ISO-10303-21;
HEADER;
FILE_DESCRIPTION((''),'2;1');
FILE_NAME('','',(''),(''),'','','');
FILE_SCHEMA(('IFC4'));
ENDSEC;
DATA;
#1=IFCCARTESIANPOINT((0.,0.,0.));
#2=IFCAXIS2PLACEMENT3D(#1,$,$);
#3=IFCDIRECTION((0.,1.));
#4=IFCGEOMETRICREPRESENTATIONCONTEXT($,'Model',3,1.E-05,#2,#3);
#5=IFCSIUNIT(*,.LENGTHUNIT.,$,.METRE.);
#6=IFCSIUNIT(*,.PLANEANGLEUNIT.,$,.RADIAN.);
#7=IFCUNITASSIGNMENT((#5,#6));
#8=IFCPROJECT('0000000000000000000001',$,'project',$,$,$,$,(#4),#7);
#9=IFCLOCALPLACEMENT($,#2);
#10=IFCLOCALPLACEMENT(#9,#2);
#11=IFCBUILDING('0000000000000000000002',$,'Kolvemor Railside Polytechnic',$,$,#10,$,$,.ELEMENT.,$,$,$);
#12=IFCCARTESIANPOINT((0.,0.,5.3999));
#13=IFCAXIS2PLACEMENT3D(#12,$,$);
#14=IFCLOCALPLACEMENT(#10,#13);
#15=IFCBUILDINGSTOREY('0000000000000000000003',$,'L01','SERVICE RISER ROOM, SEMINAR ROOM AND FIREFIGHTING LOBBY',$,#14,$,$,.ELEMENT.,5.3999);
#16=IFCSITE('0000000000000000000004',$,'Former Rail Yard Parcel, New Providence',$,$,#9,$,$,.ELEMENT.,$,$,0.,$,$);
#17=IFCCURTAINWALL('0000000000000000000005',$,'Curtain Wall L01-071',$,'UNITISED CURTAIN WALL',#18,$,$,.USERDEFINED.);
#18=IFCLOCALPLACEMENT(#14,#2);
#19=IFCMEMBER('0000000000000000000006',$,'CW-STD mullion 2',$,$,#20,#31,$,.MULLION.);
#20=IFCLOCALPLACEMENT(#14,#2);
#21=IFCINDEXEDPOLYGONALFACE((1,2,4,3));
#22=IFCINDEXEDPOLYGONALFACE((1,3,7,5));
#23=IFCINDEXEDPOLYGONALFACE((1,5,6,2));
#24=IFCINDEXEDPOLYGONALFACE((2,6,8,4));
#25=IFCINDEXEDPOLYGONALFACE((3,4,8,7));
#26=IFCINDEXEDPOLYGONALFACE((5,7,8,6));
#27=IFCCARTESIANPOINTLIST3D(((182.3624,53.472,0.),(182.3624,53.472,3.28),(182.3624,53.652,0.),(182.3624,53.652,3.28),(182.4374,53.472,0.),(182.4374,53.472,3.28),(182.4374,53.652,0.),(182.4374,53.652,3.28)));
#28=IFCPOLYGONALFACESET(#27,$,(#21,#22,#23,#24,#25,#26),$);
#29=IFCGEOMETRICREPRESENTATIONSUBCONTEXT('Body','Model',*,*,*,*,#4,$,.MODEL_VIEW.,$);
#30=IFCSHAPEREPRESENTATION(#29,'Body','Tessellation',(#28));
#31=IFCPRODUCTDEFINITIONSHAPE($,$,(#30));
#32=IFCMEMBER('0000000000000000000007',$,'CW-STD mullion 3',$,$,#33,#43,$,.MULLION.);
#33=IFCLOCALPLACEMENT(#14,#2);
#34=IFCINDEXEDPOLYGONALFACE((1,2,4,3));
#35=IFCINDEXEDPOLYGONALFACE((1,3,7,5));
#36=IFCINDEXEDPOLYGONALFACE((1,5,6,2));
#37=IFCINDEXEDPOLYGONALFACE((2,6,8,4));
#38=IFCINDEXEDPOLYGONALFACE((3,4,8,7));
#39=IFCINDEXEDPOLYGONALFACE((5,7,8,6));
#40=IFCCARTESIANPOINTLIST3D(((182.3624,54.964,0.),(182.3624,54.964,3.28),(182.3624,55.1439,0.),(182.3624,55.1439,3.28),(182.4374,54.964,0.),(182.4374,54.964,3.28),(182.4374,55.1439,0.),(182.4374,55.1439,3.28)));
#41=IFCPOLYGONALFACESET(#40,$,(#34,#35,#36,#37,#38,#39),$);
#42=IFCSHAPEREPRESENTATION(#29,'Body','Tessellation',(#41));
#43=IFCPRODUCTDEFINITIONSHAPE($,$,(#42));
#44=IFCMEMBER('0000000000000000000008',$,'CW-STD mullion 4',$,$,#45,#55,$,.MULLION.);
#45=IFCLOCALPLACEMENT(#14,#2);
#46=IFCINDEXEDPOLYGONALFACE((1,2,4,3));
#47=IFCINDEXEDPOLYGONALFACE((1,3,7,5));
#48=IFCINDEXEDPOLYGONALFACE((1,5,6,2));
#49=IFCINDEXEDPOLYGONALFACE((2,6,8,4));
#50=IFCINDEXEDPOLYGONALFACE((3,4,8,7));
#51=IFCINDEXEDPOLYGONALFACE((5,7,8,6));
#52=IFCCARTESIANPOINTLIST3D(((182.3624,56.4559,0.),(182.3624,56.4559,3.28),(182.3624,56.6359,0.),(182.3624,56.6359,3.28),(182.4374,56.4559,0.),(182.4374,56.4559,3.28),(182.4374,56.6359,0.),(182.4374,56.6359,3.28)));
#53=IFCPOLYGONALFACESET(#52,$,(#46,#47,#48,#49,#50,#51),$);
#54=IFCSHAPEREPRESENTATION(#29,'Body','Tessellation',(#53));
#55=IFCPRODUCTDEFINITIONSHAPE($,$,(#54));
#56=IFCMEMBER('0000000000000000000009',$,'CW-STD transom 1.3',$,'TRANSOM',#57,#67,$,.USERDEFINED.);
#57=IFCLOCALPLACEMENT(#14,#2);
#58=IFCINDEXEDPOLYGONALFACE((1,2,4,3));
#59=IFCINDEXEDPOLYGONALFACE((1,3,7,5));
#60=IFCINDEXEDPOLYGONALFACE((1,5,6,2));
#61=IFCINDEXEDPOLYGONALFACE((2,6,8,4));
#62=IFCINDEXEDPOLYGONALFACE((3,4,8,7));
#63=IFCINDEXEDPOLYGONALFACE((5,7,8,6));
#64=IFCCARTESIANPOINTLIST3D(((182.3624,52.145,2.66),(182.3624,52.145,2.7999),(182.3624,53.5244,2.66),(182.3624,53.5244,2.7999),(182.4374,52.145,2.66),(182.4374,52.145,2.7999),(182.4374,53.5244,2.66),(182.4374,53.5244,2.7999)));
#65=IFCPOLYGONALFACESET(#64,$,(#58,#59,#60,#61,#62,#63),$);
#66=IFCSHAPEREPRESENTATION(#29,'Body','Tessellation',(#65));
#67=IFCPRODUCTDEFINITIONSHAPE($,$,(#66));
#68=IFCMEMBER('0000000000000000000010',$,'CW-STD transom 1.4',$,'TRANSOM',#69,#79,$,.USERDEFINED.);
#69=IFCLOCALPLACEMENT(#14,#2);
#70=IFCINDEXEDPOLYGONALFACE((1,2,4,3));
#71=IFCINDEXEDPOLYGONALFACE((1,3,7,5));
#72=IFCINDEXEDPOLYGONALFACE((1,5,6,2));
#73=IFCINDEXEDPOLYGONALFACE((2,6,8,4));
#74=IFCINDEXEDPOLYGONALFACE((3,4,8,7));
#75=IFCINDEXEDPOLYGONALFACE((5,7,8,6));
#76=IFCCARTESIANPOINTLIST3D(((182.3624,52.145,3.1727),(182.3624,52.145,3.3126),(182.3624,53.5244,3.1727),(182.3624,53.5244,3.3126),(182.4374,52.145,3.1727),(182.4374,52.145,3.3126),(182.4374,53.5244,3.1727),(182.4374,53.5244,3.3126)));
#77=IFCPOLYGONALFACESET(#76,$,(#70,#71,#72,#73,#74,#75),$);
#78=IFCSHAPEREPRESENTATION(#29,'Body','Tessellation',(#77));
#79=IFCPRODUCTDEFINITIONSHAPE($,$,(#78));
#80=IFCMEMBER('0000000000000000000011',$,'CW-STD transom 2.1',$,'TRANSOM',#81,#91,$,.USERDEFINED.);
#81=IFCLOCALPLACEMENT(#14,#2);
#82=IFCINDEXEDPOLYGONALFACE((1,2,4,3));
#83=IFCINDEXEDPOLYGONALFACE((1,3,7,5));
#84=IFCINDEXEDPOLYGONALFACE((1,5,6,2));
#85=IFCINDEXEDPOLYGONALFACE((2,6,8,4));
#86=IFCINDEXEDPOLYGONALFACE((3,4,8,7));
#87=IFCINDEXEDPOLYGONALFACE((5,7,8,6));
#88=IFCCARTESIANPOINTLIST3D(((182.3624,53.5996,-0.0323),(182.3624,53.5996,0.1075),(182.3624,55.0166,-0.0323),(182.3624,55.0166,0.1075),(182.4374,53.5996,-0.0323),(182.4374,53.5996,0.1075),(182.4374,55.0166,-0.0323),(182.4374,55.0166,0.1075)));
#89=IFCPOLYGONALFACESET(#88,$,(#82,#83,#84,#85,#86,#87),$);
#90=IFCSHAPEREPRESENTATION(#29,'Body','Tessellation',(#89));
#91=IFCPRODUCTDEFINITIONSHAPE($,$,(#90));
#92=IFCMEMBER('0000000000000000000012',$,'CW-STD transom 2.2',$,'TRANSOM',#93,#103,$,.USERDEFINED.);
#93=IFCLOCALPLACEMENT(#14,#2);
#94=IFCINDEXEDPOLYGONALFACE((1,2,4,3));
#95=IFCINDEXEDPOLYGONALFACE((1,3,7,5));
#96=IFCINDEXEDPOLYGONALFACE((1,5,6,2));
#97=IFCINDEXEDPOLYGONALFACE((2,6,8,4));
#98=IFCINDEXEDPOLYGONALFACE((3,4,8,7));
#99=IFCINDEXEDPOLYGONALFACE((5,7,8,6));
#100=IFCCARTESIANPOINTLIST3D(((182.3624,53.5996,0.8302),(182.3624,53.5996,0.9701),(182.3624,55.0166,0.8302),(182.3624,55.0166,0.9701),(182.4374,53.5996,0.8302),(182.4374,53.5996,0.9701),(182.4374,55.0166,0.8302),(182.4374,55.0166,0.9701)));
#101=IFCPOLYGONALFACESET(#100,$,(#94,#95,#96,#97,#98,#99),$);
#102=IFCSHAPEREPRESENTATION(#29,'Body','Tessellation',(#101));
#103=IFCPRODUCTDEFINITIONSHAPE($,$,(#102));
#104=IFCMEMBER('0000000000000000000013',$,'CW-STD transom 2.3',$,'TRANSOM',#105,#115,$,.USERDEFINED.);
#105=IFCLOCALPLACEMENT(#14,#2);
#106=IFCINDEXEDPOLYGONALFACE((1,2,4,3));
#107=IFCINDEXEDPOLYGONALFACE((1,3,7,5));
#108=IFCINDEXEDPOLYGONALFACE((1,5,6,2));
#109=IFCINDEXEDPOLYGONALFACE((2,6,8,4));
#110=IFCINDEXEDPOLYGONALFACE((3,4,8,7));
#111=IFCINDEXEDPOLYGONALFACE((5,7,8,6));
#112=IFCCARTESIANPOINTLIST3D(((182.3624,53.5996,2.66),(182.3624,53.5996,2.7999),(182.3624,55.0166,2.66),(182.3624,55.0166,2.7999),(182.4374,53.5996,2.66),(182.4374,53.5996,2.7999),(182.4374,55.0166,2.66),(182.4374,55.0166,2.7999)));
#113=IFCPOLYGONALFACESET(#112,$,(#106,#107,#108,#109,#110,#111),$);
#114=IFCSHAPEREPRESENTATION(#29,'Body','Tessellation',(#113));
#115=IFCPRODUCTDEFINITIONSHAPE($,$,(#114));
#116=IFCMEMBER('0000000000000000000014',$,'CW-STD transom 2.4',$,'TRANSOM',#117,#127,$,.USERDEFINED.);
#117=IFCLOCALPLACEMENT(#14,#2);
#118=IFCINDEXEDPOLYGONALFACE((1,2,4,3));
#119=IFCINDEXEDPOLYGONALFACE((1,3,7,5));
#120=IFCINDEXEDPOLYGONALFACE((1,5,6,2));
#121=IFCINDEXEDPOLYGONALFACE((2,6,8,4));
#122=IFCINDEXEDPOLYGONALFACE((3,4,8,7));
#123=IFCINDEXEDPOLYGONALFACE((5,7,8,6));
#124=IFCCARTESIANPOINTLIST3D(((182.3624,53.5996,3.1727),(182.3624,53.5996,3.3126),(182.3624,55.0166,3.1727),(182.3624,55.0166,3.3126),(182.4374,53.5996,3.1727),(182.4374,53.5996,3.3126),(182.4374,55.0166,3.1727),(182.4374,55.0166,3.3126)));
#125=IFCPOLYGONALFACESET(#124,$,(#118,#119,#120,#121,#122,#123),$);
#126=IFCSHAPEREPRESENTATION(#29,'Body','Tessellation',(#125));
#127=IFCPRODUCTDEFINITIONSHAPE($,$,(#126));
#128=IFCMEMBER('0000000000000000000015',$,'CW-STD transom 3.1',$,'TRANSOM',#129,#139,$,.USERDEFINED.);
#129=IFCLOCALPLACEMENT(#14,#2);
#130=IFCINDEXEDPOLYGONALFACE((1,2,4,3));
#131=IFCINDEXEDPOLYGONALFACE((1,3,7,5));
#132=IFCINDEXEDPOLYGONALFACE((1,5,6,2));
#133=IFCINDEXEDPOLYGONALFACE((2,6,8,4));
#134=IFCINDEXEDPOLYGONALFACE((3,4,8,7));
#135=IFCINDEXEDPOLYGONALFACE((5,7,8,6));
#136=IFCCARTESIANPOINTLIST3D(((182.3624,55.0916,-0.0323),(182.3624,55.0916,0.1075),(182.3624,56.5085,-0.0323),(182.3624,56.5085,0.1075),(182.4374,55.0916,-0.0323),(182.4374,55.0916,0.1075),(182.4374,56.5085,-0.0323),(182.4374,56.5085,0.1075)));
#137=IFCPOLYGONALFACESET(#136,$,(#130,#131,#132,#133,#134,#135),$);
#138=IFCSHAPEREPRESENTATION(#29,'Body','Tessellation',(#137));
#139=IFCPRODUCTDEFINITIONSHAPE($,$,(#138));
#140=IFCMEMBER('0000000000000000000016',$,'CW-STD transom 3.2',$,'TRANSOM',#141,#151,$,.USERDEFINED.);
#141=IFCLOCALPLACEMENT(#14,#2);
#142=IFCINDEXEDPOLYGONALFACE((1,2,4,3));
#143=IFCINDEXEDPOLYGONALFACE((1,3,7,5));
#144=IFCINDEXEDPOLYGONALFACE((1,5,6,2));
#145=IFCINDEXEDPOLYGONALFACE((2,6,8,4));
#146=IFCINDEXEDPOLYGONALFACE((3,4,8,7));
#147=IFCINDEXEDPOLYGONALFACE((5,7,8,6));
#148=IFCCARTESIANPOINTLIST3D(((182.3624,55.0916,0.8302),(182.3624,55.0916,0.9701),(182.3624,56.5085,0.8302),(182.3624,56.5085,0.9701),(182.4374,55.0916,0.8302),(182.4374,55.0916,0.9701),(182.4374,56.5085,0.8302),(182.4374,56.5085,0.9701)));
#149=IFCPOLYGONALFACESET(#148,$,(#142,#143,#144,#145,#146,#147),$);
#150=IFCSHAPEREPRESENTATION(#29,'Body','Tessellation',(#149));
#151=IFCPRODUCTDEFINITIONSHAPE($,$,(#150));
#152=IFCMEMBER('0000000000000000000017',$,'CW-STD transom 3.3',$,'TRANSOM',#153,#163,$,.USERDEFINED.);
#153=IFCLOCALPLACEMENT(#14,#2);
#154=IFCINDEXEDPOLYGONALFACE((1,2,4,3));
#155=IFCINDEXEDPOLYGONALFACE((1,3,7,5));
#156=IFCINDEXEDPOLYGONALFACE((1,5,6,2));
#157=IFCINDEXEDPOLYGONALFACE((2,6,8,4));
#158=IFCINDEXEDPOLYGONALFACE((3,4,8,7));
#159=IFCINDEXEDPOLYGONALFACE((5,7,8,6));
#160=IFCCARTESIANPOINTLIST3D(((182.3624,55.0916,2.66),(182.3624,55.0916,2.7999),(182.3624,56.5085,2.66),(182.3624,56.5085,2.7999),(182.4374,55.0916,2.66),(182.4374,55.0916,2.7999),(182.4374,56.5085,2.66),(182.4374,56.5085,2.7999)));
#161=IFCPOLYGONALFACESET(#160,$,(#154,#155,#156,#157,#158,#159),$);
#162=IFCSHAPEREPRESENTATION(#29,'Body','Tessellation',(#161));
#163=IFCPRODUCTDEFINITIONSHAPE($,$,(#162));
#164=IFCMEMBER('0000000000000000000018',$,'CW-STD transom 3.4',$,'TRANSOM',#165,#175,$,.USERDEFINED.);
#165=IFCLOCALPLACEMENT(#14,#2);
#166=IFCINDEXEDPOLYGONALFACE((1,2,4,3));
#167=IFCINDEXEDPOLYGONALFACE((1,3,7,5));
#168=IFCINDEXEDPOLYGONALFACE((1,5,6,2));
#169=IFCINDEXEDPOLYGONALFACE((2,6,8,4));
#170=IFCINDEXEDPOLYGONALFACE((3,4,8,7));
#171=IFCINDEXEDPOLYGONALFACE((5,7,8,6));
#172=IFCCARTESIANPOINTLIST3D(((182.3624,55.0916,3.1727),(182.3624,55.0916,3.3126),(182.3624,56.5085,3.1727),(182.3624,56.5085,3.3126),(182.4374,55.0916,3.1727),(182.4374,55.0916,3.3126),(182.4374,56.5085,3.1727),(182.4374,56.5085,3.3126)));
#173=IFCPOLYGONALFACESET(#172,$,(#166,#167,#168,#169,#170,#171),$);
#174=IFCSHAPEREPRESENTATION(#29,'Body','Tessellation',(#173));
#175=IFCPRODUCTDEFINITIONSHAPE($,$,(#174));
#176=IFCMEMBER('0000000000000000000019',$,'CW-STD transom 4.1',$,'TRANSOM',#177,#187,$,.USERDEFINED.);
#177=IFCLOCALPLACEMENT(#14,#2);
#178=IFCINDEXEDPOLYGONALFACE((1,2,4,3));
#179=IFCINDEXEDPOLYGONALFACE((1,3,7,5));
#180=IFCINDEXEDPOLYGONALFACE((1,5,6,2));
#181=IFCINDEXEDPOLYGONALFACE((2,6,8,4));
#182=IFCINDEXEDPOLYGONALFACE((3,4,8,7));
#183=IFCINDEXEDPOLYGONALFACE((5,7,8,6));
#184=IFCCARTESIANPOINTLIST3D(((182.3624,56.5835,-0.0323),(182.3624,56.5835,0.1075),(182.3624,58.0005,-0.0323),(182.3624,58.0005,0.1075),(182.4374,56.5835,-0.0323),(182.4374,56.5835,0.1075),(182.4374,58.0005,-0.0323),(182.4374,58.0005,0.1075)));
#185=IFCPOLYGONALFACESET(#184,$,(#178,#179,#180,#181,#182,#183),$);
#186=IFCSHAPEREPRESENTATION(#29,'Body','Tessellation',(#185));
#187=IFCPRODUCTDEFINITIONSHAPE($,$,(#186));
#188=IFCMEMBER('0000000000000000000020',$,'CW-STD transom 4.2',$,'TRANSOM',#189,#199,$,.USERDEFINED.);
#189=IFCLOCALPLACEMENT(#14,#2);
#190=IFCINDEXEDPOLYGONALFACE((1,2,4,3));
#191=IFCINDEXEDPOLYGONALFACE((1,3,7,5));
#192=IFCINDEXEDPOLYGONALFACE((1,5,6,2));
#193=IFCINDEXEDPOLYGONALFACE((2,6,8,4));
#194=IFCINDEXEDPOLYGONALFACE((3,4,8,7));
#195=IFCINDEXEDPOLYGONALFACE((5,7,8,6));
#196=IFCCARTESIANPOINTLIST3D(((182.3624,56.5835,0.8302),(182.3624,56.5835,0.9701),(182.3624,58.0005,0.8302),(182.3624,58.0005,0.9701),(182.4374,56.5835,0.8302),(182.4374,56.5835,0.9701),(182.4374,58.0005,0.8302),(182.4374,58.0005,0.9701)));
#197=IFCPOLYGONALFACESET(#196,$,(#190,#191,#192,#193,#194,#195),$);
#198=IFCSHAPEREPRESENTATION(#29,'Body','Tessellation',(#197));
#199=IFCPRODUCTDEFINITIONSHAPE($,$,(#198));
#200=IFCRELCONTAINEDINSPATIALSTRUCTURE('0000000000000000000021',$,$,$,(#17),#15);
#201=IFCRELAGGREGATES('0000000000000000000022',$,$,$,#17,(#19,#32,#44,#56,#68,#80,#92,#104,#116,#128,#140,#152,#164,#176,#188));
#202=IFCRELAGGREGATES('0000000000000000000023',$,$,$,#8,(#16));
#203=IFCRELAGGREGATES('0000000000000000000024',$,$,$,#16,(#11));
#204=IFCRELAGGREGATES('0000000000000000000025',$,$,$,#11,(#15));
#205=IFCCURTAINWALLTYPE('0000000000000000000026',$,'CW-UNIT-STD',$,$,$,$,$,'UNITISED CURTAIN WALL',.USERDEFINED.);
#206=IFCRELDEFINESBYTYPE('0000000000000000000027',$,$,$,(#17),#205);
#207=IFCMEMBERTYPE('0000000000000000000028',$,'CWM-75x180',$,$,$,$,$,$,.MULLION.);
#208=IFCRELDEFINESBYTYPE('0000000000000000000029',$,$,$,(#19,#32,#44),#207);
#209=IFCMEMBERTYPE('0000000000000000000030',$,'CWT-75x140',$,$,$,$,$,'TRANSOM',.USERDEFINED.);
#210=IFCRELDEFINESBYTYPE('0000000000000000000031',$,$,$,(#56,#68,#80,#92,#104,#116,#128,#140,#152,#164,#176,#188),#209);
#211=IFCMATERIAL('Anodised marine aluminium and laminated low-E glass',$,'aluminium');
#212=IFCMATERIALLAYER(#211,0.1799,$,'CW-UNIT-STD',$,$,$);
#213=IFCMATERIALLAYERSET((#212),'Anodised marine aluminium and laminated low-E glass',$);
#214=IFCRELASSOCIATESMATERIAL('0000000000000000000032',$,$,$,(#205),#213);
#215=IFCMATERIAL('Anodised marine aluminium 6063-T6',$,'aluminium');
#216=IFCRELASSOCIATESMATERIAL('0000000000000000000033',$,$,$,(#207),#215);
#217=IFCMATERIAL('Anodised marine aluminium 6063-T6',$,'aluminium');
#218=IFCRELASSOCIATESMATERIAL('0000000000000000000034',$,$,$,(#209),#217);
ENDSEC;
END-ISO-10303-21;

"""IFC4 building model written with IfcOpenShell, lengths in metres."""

from ifc_helpers import new_model, si_unit, direction, frame, origin, origin_2d, place, context, subcontext, project, spatial, rectangle, extrude, material, layer, layer_set, material_profile, profile_set, type_object, element, aggregate, save


model = new_model("IFC4")

# Units and contexts
model_context = context("Model", 3, precision=1e-05, world=origin(), true_north=direction((0.0, 1.0)))
body_context = subcontext(model_context, "Body", "Model", "MODEL_VIEW")
ifc_project = project(units=[si_unit("LENGTHUNIT", "METRE"), si_unit("PLANEANGLEUNIT", "RADIAN")], contexts=[model_context])

# Site, building, storey
site_placement = place(None, origin())
site = spatial("IfcSite", under=ifc_project, at=site_placement, Name="Former Rail Yard Parcel, New Providence", CompositionType="ELEMENT", RefElevation=0.0)
building_placement = place(site_placement, origin())
building = spatial("IfcBuilding", under=site, at=building_placement, Name="Kolvemor Railside Polytechnic", CompositionType="ELEMENT")
storey_placement = place(building_placement, frame((0.0, 0.0, 5.3999)))
storey = spatial("IfcBuildingStorey", under=building, at=storey_placement, Name="L01", Description="SERVICE RISER ROOM, SEMINAR ROOM AND FIREFIGHTING LOBBY", CompositionType="ELEMENT", Elevation=5.3999)

# Curtain wall, members
ifc_material_1 = material(Name="Anodised marine aluminium and laminated low-E glass", Category="aluminium")
ifc_layer_1 = layer(ifc_material_1, 0.1799, Name="CW-UNIT-STD")
ifc_layer_set_1 = layer_set([ifc_layer_1], Name="Anodised marine aluminium and laminated low-E glass")
curtain_wall_type = type_object("IfcCurtainWallType", Name="CW-UNIT-STD", ElementType="UNITISED CURTAIN WALL", PredefinedType="USERDEFINED", material=ifc_layer_set_1)
curtain_wall_placement = place(storey_placement, origin())
curtain_wall = element("IfcCurtainWall", 1, at=curtain_wall_placement, inside=storey, type_object=curtain_wall_type, Name="Curtain Wall L01-071", ObjectType="UNITISED CURTAIN WALL", PredefinedType="USERDEFINED")
ifc_material_2 = material(Name="Anodised marine aluminium 6063-T6", Category="aluminium")
ifc_material_profile_1 = material_profile(ifc_material_2, rectangle(XDim=0.075, YDim=0.1799, at=origin_2d()), Name="CW-MUL-75x180")
ifc_profile_set_1 = profile_set([ifc_material_profile_1], Name="Anodised marine aluminium 6063-T6")
member_type_1 = type_object("IfcMemberType", Name="CWM-75x180", PredefinedType="MULLION", material=ifc_profile_set_1)
member_1_placement = place(storey_placement, frame((182.3999, 53.562, 0.0), z_axis=(0.0, 0.0, 1.0), x_axis=(-1.0, 0.0, 0.0)))
member_1 = element("IfcMember", 2, at=member_1_placement, type_object=member_type_1, Name="CW-STD mullion 2", PredefinedType="MULLION", context=body_context, shape_type="SweptSolid", body=[
    extrude(rectangle(XDim=0.075, YDim=0.1799, at=origin_2d()), origin(), (0.0, 0.0, 1.0), 3.28),
])
member_2_placement = place(storey_placement, frame((182.3999, 55.054, 0.0), z_axis=(0.0, 0.0, 1.0), x_axis=(-1.0, 0.0, 0.0)))
member_2 = element("IfcMember", 3, at=member_2_placement, type_object=member_type_1, Name="CW-STD mullion 3", PredefinedType="MULLION", context=body_context, shape_type="SweptSolid", body=[
    extrude(rectangle(XDim=0.075, YDim=0.1799, at=origin_2d()), origin(), (0.0, 0.0, 1.0), 3.28),
])
member_3_placement = place(storey_placement, frame((182.3999, 56.5459, 0.0), z_axis=(0.0, 0.0, 1.0), x_axis=(-1.0, 0.0, 0.0)))
member_3 = element("IfcMember", 4, at=member_3_placement, type_object=member_type_1, Name="CW-STD mullion 4", PredefinedType="MULLION", context=body_context, shape_type="SweptSolid", body=[
    extrude(rectangle(XDim=0.075, YDim=0.1799, at=origin_2d()), origin(), (0.0, 0.0, 1.0), 3.28),
])
ifc_material_3 = material(Name="Anodised marine aluminium 6063-T6", Category="aluminium")
ifc_material_profile_2 = material_profile(ifc_material_3, rectangle(XDim=0.075, YDim=0.1399, at=origin_2d()), Name="CW-TRN-75x140")
ifc_profile_set_2 = profile_set([ifc_material_profile_2], Name="Anodised marine aluminium 6063-T6")
member_type_2 = type_object("IfcMemberType", Name="CWT-75x140", ElementType="TRANSOM", PredefinedType="USERDEFINED", material=ifc_profile_set_2)
member_4_placement = place(storey_placement, frame((182.3999, 52.145, 2.73), z_axis=(0.0, 1.0, 0.0), x_axis=(-1.0, 0.0, 0.0)))
member_4 = element("IfcMember", 5, at=member_4_placement, type_object=member_type_2, Name="CW-STD transom 1.3", ObjectType="TRANSOM", PredefinedType="USERDEFINED", context=body_context, shape_type="SweptSolid", body=[
    extrude(rectangle(XDim=0.075, YDim=0.1399, at=origin_2d()), origin(), (0.0, 0.0, 1.0), 1.3794),
])
member_5_placement = place(storey_placement, frame((182.3999, 52.145, 3.2427), z_axis=(0.0, 1.0, 0.0), x_axis=(-1.0, 0.0, 0.0)))
member_5 = element("IfcMember", 6, at=member_5_placement, type_object=member_type_2, Name="CW-STD transom 1.4", ObjectType="TRANSOM", PredefinedType="USERDEFINED", context=body_context, shape_type="SweptSolid", body=[
    extrude(rectangle(XDim=0.075, YDim=0.1399, at=origin_2d()), origin(), (0.0, 0.0, 1.0), 1.3794),
])
member_6_placement = place(storey_placement, frame((182.3999, 53.5996, 0.0376), z_axis=(0.0, 1.0, 0.0), x_axis=(-1.0, 0.0, 0.0)))
member_6 = element("IfcMember", 7, at=member_6_placement, type_object=member_type_2, Name="CW-STD transom 2.1", ObjectType="TRANSOM", PredefinedType="USERDEFINED", context=body_context, shape_type="SweptSolid", body=[
    extrude(rectangle(XDim=0.075, YDim=0.1399, at=origin_2d()), origin(), (0.0, 0.0, 1.0), 1.417),
])
member_7_placement = place(storey_placement, frame((182.3999, 53.5996, 0.9001), z_axis=(0.0, 1.0, 0.0), x_axis=(-1.0, 0.0, 0.0)))
member_7 = element("IfcMember", 8, at=member_7_placement, type_object=member_type_2, Name="CW-STD transom 2.2", ObjectType="TRANSOM", PredefinedType="USERDEFINED", context=body_context, shape_type="SweptSolid", body=[
    extrude(rectangle(XDim=0.075, YDim=0.1399, at=origin_2d()), origin(), (0.0, 0.0, 1.0), 1.417),
])
member_8_placement = place(storey_placement, frame((182.3999, 53.5996, 2.73), z_axis=(0.0, 1.0, 0.0), x_axis=(-1.0, 0.0, 0.0)))
member_8 = element("IfcMember", 9, at=member_8_placement, type_object=member_type_2, Name="CW-STD transom 2.3", ObjectType="TRANSOM", PredefinedType="USERDEFINED", context=body_context, shape_type="SweptSolid", body=[
    extrude(rectangle(XDim=0.075, YDim=0.1399, at=origin_2d()), origin(), (0.0, 0.0, 1.0), 1.417),
])
member_9_placement = place(storey_placement, frame((182.3999, 53.5996, 3.2427), z_axis=(0.0, 1.0, 0.0), x_axis=(-1.0, 0.0, 0.0)))
member_9 = element("IfcMember", 10, at=member_9_placement, type_object=member_type_2, Name="CW-STD transom 2.4", ObjectType="TRANSOM", PredefinedType="USERDEFINED", context=body_context, shape_type="SweptSolid", body=[
    extrude(rectangle(XDim=0.075, YDim=0.1399, at=origin_2d()), origin(), (0.0, 0.0, 1.0), 1.417),
])
member_10_placement = place(storey_placement, frame((182.3999, 55.0916, 0.0376), z_axis=(0.0, 1.0, 0.0), x_axis=(-1.0, 0.0, 0.0)))
member_10 = element("IfcMember", 11, at=member_10_placement, type_object=member_type_2, Name="CW-STD transom 3.1", ObjectType="TRANSOM", PredefinedType="USERDEFINED", context=body_context, shape_type="SweptSolid", body=[
    extrude(rectangle(XDim=0.075, YDim=0.1399, at=origin_2d()), origin(), (0.0, 0.0, 1.0), 1.417),
])
member_11_placement = place(storey_placement, frame((182.3999, 55.0916, 0.9001), z_axis=(0.0, 1.0, 0.0), x_axis=(-1.0, 0.0, 0.0)))
member_11 = element("IfcMember", 12, at=member_11_placement, type_object=member_type_2, Name="CW-STD transom 3.2", ObjectType="TRANSOM", PredefinedType="USERDEFINED", context=body_context, shape_type="SweptSolid", body=[
    extrude(rectangle(XDim=0.075, YDim=0.1399, at=origin_2d()), origin(), (0.0, 0.0, 1.0), 1.417),
])
member_12_placement = place(storey_placement, frame((182.3999, 55.0916, 2.73), z_axis=(0.0, 1.0, 0.0), x_axis=(-1.0, 0.0, 0.0)))
member_12 = element("IfcMember", 13, at=member_12_placement, type_object=member_type_2, Name="CW-STD transom 3.3", ObjectType="TRANSOM", PredefinedType="USERDEFINED", context=body_context, shape_type="SweptSolid", body=[
    extrude(rectangle(XDim=0.075, YDim=0.1399, at=origin_2d()), origin(), (0.0, 0.0, 1.0), 1.417),
])
member_13_placement = place(storey_placement, frame((182.3999, 55.0916, 3.2427), z_axis=(0.0, 1.0, 0.0), x_axis=(-1.0, 0.0, 0.0)))
member_13 = element("IfcMember", 14, at=member_13_placement, type_object=member_type_2, Name="CW-STD transom 3.4", ObjectType="TRANSOM", PredefinedType="USERDEFINED", context=body_context, shape_type="SweptSolid", body=[
    extrude(rectangle(XDim=0.075, YDim=0.1399, at=origin_2d()), origin(), (0.0, 0.0, 1.0), 1.417),
])
member_14_placement = place(storey_placement, frame((182.3999, 56.5835, 0.0376), z_axis=(0.0, 1.0, 0.0), x_axis=(-1.0, 0.0, 0.0)))
member_14 = element("IfcMember", 15, at=member_14_placement, type_object=member_type_2, Name="CW-STD transom 4.1", ObjectType="TRANSOM", PredefinedType="USERDEFINED", context=body_context, shape_type="SweptSolid", body=[
    extrude(rectangle(XDim=0.075, YDim=0.1399, at=origin_2d()), origin(), (0.0, 0.0, 1.0), 1.417),
])
member_15_placement = place(storey_placement, frame((182.3999, 56.5835, 0.9001), z_axis=(0.0, 1.0, 0.0), x_axis=(-1.0, 0.0, 0.0)))
member_15 = element("IfcMember", 16, at=member_15_placement, type_object=member_type_2, Name="CW-STD transom 4.2", ObjectType="TRANSOM", PredefinedType="USERDEFINED", context=body_context, shape_type="SweptSolid", body=[
    extrude(rectangle(XDim=0.075, YDim=0.1399, at=origin_2d()), origin(), (0.0, 0.0, 1.0), 1.417),
])
aggregate(curtain_wall, [member_1, member_2, member_3, member_4, member_5, member_6, member_7, member_8, member_9, member_10, member_11, member_12, member_13, member_14, member_15])

save(model, "model.ifc")
